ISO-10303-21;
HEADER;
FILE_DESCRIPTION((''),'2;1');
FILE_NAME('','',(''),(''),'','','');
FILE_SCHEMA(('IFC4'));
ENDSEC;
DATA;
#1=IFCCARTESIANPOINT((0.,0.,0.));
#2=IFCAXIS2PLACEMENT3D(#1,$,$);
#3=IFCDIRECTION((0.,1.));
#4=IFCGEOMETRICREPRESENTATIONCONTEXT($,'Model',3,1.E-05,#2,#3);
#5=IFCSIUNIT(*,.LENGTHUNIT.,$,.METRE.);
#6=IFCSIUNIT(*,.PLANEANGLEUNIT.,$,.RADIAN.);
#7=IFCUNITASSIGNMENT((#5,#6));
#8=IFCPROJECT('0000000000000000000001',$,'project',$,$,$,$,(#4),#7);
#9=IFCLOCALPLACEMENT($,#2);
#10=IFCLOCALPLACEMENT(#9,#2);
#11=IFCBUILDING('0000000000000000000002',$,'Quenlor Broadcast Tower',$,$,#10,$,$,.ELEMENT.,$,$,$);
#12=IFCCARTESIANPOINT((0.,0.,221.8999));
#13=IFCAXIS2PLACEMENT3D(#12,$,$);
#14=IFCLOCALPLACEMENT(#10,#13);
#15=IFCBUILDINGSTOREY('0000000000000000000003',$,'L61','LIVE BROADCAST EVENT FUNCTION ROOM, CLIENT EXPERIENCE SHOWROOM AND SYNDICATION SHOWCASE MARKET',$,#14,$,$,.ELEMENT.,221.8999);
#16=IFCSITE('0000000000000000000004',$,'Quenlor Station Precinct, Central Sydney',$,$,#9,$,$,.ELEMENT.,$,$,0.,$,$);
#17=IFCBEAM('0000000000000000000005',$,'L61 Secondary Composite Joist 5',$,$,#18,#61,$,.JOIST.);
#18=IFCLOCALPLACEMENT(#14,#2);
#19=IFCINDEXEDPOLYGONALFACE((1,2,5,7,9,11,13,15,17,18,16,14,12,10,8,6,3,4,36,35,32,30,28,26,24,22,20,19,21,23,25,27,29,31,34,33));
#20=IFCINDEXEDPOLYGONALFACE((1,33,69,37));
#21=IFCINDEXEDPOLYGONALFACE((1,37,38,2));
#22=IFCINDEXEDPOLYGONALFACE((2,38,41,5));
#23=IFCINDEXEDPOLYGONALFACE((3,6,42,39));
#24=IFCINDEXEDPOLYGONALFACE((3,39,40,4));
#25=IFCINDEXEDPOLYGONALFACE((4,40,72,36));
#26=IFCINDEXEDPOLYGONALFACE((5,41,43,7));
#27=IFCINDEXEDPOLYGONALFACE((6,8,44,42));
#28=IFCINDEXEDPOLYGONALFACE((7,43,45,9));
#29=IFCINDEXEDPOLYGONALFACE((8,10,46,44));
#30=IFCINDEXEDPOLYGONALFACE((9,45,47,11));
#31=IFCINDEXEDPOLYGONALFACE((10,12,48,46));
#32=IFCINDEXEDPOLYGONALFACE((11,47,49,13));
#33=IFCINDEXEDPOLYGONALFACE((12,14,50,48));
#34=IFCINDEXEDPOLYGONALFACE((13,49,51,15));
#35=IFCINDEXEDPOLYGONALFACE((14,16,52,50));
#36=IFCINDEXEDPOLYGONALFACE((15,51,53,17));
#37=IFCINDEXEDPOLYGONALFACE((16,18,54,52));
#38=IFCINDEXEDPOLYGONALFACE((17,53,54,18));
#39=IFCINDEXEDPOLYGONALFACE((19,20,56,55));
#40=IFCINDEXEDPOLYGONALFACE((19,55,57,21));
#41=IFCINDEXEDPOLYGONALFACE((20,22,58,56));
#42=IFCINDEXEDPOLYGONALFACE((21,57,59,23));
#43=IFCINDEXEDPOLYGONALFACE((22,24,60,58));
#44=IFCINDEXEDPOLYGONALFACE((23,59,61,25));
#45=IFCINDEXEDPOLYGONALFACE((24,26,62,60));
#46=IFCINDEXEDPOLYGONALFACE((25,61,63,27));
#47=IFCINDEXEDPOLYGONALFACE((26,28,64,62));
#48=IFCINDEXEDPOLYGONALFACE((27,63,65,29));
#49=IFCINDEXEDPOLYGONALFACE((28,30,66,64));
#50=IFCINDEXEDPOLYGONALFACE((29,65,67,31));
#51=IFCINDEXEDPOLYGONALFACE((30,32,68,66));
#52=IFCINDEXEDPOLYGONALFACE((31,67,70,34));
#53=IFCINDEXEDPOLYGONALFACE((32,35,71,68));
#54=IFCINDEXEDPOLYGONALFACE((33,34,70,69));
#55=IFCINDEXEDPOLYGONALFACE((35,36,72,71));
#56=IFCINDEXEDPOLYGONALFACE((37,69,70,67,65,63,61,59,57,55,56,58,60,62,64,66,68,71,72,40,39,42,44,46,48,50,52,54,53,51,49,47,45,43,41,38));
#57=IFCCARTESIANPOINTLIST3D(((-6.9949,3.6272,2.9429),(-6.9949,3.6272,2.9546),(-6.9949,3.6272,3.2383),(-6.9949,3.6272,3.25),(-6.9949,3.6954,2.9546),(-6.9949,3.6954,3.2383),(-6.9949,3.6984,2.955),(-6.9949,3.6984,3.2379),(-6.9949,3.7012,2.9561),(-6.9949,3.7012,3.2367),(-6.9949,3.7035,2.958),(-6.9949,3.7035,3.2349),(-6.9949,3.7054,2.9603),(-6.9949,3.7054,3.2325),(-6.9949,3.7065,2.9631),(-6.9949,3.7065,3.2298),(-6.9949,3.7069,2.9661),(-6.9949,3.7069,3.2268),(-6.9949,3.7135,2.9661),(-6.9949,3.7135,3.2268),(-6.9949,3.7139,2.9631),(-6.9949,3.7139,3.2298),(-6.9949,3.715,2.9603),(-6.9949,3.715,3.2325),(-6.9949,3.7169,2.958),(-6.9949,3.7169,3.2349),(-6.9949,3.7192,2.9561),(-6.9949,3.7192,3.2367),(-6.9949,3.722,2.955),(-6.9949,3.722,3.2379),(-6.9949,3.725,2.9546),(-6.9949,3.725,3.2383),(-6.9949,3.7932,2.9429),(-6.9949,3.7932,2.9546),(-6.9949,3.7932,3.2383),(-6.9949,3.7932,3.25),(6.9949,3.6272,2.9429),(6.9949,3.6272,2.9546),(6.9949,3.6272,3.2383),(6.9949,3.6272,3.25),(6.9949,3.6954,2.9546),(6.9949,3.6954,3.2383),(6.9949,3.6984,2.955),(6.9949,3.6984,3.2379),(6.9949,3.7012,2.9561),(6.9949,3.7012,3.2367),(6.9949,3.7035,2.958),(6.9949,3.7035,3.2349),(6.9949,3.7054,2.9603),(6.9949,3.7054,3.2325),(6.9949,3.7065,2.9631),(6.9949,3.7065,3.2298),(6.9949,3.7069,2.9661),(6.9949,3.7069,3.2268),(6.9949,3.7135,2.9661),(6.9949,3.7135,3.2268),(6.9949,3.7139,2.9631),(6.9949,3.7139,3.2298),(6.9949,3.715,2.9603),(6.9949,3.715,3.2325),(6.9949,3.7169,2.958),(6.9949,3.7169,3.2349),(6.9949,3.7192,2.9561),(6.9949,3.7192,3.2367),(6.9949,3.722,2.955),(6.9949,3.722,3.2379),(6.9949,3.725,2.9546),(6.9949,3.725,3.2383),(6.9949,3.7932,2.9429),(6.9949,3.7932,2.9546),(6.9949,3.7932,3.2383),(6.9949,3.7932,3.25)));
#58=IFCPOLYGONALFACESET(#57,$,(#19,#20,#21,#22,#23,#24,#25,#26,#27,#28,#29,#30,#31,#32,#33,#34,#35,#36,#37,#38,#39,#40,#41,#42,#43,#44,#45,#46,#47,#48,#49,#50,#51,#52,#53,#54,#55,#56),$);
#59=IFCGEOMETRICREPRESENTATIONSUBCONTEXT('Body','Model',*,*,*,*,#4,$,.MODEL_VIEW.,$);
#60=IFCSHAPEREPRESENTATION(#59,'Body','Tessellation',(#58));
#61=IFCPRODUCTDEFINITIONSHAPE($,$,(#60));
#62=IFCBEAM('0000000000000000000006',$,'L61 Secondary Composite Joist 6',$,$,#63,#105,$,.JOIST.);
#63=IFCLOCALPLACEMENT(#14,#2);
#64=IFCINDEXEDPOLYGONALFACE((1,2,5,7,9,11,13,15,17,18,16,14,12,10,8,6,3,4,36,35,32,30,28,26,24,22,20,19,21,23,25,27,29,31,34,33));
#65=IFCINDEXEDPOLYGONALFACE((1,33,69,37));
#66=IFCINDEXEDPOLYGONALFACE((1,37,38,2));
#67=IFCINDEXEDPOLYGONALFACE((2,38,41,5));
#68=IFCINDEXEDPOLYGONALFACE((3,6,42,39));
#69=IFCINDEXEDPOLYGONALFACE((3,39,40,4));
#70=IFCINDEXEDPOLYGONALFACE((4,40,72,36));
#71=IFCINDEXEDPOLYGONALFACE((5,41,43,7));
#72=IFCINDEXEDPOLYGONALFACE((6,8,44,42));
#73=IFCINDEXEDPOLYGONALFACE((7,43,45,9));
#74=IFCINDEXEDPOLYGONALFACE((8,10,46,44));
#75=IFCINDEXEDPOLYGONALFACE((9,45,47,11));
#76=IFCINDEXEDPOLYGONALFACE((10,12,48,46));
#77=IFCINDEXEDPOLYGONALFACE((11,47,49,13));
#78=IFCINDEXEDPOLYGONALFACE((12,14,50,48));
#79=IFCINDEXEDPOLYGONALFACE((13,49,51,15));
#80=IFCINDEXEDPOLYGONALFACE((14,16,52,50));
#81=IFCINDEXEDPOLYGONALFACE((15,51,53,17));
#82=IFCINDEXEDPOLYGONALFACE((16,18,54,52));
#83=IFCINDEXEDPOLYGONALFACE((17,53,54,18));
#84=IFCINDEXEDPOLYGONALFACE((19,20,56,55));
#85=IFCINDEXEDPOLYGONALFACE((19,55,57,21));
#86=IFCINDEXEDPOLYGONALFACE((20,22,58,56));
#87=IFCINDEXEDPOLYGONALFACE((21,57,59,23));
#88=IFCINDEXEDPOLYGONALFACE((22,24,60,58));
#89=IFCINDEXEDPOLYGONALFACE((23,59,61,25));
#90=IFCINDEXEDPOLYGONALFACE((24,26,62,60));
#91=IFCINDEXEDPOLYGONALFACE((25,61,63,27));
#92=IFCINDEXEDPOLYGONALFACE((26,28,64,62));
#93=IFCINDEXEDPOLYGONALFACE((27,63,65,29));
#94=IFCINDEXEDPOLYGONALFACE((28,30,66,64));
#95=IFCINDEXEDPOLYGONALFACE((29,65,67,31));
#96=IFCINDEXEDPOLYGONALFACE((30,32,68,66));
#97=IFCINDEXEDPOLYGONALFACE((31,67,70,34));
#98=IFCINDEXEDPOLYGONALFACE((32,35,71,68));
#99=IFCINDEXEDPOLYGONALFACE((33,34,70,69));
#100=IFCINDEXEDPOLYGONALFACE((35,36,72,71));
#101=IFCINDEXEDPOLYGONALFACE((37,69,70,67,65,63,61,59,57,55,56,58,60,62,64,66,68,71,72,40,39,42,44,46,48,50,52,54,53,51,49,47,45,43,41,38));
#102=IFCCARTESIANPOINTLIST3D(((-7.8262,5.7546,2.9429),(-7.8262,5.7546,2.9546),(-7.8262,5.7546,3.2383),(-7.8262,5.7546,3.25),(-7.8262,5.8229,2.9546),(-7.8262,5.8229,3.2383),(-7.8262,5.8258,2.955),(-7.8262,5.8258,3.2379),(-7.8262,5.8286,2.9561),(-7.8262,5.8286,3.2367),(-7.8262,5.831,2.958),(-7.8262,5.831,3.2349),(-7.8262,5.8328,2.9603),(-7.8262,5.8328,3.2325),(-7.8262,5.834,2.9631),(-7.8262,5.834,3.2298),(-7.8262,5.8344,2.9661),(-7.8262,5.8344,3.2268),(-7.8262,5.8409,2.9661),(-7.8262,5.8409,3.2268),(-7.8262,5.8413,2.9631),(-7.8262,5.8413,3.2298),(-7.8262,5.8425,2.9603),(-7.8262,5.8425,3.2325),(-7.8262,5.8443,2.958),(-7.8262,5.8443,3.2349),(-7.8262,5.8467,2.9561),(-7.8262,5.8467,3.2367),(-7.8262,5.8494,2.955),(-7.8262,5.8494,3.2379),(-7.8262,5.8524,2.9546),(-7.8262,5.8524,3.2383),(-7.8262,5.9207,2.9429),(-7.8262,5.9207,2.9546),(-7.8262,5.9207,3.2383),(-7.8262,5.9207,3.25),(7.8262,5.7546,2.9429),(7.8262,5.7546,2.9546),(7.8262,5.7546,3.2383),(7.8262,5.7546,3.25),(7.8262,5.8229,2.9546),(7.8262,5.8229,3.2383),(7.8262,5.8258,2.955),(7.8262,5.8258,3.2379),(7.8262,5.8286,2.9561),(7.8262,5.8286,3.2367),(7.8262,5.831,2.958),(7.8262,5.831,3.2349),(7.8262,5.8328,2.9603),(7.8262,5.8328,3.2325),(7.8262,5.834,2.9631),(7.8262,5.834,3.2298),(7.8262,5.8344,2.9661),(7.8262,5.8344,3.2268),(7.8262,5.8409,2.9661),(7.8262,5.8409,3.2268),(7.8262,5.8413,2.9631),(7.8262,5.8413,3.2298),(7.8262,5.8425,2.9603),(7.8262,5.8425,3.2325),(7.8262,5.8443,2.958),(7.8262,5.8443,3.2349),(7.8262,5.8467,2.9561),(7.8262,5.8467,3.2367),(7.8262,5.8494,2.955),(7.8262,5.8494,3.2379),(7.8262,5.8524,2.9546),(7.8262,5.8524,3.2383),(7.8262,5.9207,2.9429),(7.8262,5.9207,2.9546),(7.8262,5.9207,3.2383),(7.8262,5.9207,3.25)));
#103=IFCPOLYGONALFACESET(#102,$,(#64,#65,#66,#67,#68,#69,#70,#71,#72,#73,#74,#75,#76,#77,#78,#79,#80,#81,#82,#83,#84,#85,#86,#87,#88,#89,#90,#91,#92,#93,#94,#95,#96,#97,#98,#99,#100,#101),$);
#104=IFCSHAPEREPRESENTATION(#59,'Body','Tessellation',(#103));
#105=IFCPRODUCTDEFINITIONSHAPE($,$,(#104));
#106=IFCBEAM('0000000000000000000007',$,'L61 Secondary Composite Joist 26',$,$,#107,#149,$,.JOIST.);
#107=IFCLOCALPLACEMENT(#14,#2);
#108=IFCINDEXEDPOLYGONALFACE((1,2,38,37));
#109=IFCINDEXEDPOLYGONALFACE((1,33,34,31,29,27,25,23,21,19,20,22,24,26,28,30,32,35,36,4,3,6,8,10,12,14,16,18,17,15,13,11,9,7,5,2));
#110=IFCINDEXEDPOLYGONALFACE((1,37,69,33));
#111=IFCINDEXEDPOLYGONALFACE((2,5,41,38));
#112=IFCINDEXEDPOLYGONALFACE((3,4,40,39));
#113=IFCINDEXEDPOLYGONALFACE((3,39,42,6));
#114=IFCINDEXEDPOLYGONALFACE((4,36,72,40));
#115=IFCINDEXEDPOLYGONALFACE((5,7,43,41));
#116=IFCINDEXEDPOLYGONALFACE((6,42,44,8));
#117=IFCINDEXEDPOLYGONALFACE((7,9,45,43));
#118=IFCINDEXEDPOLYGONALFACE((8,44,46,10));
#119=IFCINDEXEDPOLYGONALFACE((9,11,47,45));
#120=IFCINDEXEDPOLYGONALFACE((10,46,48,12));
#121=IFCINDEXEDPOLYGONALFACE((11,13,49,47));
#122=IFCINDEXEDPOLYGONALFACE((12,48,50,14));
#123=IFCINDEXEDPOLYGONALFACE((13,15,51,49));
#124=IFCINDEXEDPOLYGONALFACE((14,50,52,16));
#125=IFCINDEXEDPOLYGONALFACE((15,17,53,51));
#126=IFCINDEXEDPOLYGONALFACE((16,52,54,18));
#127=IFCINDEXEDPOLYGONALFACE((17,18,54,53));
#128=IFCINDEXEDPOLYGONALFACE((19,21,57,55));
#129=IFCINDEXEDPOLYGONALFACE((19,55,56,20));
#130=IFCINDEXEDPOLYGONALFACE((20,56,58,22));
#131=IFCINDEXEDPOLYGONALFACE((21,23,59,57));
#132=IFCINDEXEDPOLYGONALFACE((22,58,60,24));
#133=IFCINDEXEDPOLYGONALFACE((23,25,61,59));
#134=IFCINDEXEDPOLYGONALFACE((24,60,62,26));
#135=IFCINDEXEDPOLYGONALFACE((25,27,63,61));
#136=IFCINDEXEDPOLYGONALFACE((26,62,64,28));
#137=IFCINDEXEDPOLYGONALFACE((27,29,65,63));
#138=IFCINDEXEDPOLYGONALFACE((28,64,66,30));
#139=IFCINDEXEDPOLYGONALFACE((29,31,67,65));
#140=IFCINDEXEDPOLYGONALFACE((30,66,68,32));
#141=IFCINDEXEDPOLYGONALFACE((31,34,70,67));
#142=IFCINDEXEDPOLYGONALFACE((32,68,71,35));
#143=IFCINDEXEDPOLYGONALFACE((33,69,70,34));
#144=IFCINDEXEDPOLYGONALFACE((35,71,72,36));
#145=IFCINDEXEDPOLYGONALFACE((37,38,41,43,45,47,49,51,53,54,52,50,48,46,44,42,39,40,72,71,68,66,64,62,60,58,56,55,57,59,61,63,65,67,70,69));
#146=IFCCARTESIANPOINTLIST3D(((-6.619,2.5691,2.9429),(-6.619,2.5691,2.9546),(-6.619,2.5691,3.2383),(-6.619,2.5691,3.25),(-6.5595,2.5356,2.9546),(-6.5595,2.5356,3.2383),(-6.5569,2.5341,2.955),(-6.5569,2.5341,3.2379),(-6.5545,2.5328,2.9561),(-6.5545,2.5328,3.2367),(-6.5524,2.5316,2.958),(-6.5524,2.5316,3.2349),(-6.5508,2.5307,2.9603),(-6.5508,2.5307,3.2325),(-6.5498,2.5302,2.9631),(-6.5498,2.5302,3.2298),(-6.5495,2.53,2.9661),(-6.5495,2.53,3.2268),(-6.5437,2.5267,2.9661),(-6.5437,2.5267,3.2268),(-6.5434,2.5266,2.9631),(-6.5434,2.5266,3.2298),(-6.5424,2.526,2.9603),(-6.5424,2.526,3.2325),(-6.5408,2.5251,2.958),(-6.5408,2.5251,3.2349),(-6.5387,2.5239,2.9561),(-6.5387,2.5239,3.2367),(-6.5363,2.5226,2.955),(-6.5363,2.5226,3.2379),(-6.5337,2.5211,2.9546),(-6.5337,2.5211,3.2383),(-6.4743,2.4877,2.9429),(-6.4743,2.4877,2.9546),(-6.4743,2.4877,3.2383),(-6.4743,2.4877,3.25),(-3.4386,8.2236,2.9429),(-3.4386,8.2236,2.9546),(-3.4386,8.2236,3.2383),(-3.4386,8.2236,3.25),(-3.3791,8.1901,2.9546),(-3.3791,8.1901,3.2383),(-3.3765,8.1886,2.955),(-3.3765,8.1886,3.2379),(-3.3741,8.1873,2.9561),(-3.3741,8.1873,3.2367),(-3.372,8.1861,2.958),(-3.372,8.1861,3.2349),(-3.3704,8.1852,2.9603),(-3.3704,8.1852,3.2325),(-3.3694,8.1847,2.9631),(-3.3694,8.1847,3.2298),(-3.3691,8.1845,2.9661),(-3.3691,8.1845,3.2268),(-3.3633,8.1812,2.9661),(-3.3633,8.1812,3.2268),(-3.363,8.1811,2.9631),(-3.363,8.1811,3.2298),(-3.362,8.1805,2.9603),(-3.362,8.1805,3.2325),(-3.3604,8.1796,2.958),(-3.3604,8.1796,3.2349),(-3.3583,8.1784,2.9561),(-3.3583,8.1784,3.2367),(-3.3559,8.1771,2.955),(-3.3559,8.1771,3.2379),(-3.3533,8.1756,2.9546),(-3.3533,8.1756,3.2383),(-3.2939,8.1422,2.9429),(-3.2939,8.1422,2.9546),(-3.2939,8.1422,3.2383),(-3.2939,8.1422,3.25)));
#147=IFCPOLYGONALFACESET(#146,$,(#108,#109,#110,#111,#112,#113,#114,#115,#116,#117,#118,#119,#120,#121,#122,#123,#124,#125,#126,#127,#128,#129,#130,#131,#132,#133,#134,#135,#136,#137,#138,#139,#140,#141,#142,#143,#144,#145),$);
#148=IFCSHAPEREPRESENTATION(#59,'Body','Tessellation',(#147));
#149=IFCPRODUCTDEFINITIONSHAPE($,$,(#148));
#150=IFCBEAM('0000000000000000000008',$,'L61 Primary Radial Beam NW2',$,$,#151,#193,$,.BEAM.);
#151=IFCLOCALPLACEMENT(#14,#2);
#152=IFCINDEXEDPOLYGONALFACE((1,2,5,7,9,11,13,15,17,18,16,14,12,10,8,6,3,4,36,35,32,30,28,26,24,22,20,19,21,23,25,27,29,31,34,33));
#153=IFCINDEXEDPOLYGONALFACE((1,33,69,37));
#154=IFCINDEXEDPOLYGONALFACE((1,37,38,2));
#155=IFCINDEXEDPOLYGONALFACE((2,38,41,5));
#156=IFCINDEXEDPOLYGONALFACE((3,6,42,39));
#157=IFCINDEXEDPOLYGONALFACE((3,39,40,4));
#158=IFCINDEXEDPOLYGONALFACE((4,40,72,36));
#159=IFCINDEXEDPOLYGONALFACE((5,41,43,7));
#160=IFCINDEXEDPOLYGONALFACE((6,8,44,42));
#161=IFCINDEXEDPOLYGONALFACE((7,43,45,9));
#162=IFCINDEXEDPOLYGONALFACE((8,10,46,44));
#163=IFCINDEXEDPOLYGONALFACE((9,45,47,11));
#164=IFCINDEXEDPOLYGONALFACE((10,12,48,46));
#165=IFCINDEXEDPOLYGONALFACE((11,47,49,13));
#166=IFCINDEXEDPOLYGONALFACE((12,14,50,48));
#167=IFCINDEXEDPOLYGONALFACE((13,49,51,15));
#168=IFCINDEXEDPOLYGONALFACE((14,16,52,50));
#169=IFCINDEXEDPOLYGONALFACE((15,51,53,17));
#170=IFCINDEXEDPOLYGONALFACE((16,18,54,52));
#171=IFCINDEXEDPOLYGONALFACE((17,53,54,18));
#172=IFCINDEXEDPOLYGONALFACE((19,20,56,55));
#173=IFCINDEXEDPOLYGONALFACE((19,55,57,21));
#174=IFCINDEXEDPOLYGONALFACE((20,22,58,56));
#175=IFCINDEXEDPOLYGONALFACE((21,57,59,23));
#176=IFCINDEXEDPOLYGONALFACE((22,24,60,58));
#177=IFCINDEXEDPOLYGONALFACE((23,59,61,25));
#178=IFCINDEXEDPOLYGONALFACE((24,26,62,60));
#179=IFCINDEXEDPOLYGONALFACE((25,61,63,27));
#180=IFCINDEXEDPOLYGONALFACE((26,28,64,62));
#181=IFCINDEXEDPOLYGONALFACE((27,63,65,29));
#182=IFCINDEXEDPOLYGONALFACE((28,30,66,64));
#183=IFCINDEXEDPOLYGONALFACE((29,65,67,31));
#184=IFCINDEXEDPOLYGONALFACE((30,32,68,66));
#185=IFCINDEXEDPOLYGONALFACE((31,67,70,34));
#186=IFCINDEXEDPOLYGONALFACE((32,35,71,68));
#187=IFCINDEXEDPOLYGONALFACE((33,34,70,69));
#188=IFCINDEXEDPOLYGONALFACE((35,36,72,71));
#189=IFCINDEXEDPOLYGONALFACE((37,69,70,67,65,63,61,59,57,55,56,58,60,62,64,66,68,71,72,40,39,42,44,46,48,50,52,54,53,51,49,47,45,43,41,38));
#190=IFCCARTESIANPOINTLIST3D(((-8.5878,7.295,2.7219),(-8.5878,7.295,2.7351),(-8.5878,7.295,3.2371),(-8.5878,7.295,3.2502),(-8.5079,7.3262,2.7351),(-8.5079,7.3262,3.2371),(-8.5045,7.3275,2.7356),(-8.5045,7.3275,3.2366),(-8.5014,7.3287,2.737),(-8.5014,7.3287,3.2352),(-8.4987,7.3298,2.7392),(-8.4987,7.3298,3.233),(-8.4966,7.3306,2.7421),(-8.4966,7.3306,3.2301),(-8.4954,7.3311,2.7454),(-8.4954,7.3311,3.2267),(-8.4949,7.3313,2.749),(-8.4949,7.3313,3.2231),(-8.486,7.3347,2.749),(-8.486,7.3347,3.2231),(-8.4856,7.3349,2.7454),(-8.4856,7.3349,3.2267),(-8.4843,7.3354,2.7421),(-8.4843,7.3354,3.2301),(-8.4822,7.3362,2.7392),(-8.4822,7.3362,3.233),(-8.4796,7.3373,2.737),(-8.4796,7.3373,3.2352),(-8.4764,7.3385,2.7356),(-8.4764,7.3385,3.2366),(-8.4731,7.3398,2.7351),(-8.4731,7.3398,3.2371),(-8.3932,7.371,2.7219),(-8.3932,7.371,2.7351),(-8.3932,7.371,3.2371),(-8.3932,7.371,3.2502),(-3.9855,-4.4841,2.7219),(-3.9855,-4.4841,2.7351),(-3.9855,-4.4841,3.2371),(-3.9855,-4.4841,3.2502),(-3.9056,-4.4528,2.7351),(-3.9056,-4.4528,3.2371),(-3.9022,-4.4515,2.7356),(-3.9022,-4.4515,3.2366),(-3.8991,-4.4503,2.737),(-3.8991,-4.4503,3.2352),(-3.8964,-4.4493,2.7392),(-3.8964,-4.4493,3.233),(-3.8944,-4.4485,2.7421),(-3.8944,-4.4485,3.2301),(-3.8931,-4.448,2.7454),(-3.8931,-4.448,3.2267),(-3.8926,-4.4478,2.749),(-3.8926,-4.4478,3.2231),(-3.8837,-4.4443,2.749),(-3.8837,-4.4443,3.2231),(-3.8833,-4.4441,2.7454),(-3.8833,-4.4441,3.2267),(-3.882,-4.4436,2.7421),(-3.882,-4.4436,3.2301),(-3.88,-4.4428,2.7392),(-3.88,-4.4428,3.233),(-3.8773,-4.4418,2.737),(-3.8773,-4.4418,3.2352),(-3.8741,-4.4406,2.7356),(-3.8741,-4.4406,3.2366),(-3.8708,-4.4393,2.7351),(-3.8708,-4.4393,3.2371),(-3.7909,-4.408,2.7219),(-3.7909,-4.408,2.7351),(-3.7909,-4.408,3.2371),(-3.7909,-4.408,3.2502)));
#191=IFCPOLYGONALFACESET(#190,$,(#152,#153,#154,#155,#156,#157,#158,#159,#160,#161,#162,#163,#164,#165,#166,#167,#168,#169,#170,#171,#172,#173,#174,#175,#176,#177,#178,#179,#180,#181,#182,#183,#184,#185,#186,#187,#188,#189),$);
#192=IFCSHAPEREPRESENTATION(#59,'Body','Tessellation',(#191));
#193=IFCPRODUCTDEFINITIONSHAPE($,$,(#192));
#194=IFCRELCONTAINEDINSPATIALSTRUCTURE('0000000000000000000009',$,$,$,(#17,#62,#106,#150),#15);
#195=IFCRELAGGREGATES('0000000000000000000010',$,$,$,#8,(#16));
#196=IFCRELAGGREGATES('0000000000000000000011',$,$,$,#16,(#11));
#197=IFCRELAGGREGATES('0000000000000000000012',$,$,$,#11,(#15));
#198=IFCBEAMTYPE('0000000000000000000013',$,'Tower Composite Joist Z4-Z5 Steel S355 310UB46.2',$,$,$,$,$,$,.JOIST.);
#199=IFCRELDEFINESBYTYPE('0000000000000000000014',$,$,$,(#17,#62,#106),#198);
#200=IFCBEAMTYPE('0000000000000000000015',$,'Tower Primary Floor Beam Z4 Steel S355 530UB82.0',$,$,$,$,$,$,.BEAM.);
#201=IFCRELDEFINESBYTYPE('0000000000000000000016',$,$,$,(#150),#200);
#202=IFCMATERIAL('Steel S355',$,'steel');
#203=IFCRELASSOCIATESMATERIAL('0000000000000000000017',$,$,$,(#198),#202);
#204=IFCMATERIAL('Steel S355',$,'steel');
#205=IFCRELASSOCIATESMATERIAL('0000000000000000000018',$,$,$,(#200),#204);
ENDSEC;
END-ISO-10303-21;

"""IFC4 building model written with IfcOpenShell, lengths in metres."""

from ifc_helpers import new_model, si_unit, direction, frame, origin, origin_2d, place, context, subcontext, project, spatial, i_section, extrude, material, material_profile, profile_set, type_object, element, save


model = new_model("IFC4")

# Units and contexts
model_context = context("Model", 3, precision=1e-05, world=origin(), true_north=direction((0.0, 1.0)))
body_context = subcontext(model_context, "Body", "Model", "MODEL_VIEW")
ifc_project = project(units=[si_unit("LENGTHUNIT", "METRE"), si_unit("PLANEANGLEUNIT", "RADIAN")], contexts=[model_context])

# Site, building, storey
site_placement = place(None, origin())
site = spatial("IfcSite", under=ifc_project, at=site_placement, Name="Quenlor Station Precinct, Central Sydney", CompositionType="ELEMENT", RefElevation=0.0)
building_placement = place(site_placement, origin())
building = spatial("IfcBuilding", under=site, at=building_placement, Name="Quenlor Broadcast Tower", CompositionType="ELEMENT")
storey_placement = place(building_placement, frame((0.0, 0.0, 221.8999)))
storey = spatial("IfcBuildingStorey", under=building, at=storey_placement, Name="L61", Description="LIVE BROADCAST EVENT FUNCTION ROOM, CLIENT EXPERIENCE SHOWROOM AND SYNDICATION SHOWCASE MARKET", CompositionType="ELEMENT", Elevation=221.8999)

# Beams
ifc_material_1 = material(Name="Steel S355", Category="steel")
ifc_material_profile_1 = material_profile(ifc_material_1, i_section(OverallWidth=0.166, OverallDepth=0.3071, WebThickness=0.0066, FlangeThickness=0.0117, FilletRadius=0.0115, at=origin_2d()))
ifc_profile_set_1 = profile_set([ifc_material_profile_1], Name="Steel S355 310UB46.2")
beam_type_1 = type_object("IfcBeamType", Name="Tower Composite Joist Z4-Z5 Steel S355 310UB46.2", PredefinedType="JOIST", material=ifc_profile_set_1)
beam_1_placement = place(storey_placement, frame((-6.9949, 3.7102, 3.0964), z_axis=(1.0, 0.0, 0.0), x_axis=(0.0, 1.0, 0.0)))
element("IfcBeam", 1, at=beam_1_placement, inside=storey, type_object=beam_type_1, Name="L61 Secondary Composite Joist 5", PredefinedType="JOIST", context=body_context, shape_type="SweptSolid", body=[
    extrude(i_section(OverallWidth=0.166, OverallDepth=0.3071, WebThickness=0.0066, FlangeThickness=0.0117, FilletRadius=0.0115, at=origin_2d()), origin(), (0.0, 0.0, 1.0), 13.9897),
])
beam_2_placement = place(storey_placement, frame((-7.8262, 5.8376, 3.0964), z_axis=(1.0, 0.0, 0.0), x_axis=(0.0, 1.0, 0.0)))
element("IfcBeam", 2, at=beam_2_placement, inside=storey, type_object=beam_type_1, Name="L61 Secondary Composite Joist 6", PredefinedType="JOIST", context=body_context, shape_type="SweptSolid", body=[
    extrude(i_section(OverallWidth=0.166, OverallDepth=0.3071, WebThickness=0.0066, FlangeThickness=0.0117, FilletRadius=0.0115, at=origin_2d()), origin(), (0.0, 0.0, 1.0), 15.6523),
])
beam_3_placement = place(storey_placement, frame((-3.3662, 8.1829, 3.0964), z_axis=(-0.490231, -0.871593, 0.0), x_axis=(0.871593, -0.490231, 0.0)))
element("IfcBeam", 3, at=beam_3_placement, inside=storey, type_object=beam_type_1, Name="L61 Secondary Composite Joist 26", PredefinedType="JOIST", context=body_context, shape_type="SweptSolid", body=[
    extrude(i_section(OverallWidth=0.166, OverallDepth=0.3071, WebThickness=0.0066, FlangeThickness=0.0117, FilletRadius=0.0115, at=origin_2d()), origin(), (0.0, 0.0, 1.0), 6.4875),
])
ifc_material_2 = material(Name="Steel S355", Category="steel")
ifc_material_profile_2 = material_profile(ifc_material_2, i_section(OverallWidth=0.209, OverallDepth=0.5283, WebThickness=0.0095, FlangeThickness=0.0132, FilletRadius=0.0139, at=origin_2d()))
ifc_profile_set_2 = profile_set([ifc_material_profile_2], Name="Steel S355 530UB82.0")
beam_type_2 = type_object("IfcBeamType", Name="Tower Primary Floor Beam Z4 Steel S355 530UB82.0", PredefinedType="BEAM", material=ifc_profile_set_2)
beam_4_placement = place(storey_placement, frame((-8.4905, 7.333, 2.9861), z_axis=(0.363926, -0.931428, 0.0), x_axis=(0.931428, 0.363926, 0.0)))
element("IfcBeam", 4, at=beam_4_placement, inside=storey, type_object=beam_type_2, Name="L61 Primary Radial Beam NW2", PredefinedType="BEAM", context=body_context, shape_type="SweptSolid", body=[
    extrude(i_section(OverallWidth=0.209, OverallDepth=0.5283, WebThickness=0.0095, FlangeThickness=0.0132, FilletRadius=0.0139, at=origin_2d()), origin(), (0.0, 0.0, 1.0), 12.6462),
])

save(model, "model.ifc")
